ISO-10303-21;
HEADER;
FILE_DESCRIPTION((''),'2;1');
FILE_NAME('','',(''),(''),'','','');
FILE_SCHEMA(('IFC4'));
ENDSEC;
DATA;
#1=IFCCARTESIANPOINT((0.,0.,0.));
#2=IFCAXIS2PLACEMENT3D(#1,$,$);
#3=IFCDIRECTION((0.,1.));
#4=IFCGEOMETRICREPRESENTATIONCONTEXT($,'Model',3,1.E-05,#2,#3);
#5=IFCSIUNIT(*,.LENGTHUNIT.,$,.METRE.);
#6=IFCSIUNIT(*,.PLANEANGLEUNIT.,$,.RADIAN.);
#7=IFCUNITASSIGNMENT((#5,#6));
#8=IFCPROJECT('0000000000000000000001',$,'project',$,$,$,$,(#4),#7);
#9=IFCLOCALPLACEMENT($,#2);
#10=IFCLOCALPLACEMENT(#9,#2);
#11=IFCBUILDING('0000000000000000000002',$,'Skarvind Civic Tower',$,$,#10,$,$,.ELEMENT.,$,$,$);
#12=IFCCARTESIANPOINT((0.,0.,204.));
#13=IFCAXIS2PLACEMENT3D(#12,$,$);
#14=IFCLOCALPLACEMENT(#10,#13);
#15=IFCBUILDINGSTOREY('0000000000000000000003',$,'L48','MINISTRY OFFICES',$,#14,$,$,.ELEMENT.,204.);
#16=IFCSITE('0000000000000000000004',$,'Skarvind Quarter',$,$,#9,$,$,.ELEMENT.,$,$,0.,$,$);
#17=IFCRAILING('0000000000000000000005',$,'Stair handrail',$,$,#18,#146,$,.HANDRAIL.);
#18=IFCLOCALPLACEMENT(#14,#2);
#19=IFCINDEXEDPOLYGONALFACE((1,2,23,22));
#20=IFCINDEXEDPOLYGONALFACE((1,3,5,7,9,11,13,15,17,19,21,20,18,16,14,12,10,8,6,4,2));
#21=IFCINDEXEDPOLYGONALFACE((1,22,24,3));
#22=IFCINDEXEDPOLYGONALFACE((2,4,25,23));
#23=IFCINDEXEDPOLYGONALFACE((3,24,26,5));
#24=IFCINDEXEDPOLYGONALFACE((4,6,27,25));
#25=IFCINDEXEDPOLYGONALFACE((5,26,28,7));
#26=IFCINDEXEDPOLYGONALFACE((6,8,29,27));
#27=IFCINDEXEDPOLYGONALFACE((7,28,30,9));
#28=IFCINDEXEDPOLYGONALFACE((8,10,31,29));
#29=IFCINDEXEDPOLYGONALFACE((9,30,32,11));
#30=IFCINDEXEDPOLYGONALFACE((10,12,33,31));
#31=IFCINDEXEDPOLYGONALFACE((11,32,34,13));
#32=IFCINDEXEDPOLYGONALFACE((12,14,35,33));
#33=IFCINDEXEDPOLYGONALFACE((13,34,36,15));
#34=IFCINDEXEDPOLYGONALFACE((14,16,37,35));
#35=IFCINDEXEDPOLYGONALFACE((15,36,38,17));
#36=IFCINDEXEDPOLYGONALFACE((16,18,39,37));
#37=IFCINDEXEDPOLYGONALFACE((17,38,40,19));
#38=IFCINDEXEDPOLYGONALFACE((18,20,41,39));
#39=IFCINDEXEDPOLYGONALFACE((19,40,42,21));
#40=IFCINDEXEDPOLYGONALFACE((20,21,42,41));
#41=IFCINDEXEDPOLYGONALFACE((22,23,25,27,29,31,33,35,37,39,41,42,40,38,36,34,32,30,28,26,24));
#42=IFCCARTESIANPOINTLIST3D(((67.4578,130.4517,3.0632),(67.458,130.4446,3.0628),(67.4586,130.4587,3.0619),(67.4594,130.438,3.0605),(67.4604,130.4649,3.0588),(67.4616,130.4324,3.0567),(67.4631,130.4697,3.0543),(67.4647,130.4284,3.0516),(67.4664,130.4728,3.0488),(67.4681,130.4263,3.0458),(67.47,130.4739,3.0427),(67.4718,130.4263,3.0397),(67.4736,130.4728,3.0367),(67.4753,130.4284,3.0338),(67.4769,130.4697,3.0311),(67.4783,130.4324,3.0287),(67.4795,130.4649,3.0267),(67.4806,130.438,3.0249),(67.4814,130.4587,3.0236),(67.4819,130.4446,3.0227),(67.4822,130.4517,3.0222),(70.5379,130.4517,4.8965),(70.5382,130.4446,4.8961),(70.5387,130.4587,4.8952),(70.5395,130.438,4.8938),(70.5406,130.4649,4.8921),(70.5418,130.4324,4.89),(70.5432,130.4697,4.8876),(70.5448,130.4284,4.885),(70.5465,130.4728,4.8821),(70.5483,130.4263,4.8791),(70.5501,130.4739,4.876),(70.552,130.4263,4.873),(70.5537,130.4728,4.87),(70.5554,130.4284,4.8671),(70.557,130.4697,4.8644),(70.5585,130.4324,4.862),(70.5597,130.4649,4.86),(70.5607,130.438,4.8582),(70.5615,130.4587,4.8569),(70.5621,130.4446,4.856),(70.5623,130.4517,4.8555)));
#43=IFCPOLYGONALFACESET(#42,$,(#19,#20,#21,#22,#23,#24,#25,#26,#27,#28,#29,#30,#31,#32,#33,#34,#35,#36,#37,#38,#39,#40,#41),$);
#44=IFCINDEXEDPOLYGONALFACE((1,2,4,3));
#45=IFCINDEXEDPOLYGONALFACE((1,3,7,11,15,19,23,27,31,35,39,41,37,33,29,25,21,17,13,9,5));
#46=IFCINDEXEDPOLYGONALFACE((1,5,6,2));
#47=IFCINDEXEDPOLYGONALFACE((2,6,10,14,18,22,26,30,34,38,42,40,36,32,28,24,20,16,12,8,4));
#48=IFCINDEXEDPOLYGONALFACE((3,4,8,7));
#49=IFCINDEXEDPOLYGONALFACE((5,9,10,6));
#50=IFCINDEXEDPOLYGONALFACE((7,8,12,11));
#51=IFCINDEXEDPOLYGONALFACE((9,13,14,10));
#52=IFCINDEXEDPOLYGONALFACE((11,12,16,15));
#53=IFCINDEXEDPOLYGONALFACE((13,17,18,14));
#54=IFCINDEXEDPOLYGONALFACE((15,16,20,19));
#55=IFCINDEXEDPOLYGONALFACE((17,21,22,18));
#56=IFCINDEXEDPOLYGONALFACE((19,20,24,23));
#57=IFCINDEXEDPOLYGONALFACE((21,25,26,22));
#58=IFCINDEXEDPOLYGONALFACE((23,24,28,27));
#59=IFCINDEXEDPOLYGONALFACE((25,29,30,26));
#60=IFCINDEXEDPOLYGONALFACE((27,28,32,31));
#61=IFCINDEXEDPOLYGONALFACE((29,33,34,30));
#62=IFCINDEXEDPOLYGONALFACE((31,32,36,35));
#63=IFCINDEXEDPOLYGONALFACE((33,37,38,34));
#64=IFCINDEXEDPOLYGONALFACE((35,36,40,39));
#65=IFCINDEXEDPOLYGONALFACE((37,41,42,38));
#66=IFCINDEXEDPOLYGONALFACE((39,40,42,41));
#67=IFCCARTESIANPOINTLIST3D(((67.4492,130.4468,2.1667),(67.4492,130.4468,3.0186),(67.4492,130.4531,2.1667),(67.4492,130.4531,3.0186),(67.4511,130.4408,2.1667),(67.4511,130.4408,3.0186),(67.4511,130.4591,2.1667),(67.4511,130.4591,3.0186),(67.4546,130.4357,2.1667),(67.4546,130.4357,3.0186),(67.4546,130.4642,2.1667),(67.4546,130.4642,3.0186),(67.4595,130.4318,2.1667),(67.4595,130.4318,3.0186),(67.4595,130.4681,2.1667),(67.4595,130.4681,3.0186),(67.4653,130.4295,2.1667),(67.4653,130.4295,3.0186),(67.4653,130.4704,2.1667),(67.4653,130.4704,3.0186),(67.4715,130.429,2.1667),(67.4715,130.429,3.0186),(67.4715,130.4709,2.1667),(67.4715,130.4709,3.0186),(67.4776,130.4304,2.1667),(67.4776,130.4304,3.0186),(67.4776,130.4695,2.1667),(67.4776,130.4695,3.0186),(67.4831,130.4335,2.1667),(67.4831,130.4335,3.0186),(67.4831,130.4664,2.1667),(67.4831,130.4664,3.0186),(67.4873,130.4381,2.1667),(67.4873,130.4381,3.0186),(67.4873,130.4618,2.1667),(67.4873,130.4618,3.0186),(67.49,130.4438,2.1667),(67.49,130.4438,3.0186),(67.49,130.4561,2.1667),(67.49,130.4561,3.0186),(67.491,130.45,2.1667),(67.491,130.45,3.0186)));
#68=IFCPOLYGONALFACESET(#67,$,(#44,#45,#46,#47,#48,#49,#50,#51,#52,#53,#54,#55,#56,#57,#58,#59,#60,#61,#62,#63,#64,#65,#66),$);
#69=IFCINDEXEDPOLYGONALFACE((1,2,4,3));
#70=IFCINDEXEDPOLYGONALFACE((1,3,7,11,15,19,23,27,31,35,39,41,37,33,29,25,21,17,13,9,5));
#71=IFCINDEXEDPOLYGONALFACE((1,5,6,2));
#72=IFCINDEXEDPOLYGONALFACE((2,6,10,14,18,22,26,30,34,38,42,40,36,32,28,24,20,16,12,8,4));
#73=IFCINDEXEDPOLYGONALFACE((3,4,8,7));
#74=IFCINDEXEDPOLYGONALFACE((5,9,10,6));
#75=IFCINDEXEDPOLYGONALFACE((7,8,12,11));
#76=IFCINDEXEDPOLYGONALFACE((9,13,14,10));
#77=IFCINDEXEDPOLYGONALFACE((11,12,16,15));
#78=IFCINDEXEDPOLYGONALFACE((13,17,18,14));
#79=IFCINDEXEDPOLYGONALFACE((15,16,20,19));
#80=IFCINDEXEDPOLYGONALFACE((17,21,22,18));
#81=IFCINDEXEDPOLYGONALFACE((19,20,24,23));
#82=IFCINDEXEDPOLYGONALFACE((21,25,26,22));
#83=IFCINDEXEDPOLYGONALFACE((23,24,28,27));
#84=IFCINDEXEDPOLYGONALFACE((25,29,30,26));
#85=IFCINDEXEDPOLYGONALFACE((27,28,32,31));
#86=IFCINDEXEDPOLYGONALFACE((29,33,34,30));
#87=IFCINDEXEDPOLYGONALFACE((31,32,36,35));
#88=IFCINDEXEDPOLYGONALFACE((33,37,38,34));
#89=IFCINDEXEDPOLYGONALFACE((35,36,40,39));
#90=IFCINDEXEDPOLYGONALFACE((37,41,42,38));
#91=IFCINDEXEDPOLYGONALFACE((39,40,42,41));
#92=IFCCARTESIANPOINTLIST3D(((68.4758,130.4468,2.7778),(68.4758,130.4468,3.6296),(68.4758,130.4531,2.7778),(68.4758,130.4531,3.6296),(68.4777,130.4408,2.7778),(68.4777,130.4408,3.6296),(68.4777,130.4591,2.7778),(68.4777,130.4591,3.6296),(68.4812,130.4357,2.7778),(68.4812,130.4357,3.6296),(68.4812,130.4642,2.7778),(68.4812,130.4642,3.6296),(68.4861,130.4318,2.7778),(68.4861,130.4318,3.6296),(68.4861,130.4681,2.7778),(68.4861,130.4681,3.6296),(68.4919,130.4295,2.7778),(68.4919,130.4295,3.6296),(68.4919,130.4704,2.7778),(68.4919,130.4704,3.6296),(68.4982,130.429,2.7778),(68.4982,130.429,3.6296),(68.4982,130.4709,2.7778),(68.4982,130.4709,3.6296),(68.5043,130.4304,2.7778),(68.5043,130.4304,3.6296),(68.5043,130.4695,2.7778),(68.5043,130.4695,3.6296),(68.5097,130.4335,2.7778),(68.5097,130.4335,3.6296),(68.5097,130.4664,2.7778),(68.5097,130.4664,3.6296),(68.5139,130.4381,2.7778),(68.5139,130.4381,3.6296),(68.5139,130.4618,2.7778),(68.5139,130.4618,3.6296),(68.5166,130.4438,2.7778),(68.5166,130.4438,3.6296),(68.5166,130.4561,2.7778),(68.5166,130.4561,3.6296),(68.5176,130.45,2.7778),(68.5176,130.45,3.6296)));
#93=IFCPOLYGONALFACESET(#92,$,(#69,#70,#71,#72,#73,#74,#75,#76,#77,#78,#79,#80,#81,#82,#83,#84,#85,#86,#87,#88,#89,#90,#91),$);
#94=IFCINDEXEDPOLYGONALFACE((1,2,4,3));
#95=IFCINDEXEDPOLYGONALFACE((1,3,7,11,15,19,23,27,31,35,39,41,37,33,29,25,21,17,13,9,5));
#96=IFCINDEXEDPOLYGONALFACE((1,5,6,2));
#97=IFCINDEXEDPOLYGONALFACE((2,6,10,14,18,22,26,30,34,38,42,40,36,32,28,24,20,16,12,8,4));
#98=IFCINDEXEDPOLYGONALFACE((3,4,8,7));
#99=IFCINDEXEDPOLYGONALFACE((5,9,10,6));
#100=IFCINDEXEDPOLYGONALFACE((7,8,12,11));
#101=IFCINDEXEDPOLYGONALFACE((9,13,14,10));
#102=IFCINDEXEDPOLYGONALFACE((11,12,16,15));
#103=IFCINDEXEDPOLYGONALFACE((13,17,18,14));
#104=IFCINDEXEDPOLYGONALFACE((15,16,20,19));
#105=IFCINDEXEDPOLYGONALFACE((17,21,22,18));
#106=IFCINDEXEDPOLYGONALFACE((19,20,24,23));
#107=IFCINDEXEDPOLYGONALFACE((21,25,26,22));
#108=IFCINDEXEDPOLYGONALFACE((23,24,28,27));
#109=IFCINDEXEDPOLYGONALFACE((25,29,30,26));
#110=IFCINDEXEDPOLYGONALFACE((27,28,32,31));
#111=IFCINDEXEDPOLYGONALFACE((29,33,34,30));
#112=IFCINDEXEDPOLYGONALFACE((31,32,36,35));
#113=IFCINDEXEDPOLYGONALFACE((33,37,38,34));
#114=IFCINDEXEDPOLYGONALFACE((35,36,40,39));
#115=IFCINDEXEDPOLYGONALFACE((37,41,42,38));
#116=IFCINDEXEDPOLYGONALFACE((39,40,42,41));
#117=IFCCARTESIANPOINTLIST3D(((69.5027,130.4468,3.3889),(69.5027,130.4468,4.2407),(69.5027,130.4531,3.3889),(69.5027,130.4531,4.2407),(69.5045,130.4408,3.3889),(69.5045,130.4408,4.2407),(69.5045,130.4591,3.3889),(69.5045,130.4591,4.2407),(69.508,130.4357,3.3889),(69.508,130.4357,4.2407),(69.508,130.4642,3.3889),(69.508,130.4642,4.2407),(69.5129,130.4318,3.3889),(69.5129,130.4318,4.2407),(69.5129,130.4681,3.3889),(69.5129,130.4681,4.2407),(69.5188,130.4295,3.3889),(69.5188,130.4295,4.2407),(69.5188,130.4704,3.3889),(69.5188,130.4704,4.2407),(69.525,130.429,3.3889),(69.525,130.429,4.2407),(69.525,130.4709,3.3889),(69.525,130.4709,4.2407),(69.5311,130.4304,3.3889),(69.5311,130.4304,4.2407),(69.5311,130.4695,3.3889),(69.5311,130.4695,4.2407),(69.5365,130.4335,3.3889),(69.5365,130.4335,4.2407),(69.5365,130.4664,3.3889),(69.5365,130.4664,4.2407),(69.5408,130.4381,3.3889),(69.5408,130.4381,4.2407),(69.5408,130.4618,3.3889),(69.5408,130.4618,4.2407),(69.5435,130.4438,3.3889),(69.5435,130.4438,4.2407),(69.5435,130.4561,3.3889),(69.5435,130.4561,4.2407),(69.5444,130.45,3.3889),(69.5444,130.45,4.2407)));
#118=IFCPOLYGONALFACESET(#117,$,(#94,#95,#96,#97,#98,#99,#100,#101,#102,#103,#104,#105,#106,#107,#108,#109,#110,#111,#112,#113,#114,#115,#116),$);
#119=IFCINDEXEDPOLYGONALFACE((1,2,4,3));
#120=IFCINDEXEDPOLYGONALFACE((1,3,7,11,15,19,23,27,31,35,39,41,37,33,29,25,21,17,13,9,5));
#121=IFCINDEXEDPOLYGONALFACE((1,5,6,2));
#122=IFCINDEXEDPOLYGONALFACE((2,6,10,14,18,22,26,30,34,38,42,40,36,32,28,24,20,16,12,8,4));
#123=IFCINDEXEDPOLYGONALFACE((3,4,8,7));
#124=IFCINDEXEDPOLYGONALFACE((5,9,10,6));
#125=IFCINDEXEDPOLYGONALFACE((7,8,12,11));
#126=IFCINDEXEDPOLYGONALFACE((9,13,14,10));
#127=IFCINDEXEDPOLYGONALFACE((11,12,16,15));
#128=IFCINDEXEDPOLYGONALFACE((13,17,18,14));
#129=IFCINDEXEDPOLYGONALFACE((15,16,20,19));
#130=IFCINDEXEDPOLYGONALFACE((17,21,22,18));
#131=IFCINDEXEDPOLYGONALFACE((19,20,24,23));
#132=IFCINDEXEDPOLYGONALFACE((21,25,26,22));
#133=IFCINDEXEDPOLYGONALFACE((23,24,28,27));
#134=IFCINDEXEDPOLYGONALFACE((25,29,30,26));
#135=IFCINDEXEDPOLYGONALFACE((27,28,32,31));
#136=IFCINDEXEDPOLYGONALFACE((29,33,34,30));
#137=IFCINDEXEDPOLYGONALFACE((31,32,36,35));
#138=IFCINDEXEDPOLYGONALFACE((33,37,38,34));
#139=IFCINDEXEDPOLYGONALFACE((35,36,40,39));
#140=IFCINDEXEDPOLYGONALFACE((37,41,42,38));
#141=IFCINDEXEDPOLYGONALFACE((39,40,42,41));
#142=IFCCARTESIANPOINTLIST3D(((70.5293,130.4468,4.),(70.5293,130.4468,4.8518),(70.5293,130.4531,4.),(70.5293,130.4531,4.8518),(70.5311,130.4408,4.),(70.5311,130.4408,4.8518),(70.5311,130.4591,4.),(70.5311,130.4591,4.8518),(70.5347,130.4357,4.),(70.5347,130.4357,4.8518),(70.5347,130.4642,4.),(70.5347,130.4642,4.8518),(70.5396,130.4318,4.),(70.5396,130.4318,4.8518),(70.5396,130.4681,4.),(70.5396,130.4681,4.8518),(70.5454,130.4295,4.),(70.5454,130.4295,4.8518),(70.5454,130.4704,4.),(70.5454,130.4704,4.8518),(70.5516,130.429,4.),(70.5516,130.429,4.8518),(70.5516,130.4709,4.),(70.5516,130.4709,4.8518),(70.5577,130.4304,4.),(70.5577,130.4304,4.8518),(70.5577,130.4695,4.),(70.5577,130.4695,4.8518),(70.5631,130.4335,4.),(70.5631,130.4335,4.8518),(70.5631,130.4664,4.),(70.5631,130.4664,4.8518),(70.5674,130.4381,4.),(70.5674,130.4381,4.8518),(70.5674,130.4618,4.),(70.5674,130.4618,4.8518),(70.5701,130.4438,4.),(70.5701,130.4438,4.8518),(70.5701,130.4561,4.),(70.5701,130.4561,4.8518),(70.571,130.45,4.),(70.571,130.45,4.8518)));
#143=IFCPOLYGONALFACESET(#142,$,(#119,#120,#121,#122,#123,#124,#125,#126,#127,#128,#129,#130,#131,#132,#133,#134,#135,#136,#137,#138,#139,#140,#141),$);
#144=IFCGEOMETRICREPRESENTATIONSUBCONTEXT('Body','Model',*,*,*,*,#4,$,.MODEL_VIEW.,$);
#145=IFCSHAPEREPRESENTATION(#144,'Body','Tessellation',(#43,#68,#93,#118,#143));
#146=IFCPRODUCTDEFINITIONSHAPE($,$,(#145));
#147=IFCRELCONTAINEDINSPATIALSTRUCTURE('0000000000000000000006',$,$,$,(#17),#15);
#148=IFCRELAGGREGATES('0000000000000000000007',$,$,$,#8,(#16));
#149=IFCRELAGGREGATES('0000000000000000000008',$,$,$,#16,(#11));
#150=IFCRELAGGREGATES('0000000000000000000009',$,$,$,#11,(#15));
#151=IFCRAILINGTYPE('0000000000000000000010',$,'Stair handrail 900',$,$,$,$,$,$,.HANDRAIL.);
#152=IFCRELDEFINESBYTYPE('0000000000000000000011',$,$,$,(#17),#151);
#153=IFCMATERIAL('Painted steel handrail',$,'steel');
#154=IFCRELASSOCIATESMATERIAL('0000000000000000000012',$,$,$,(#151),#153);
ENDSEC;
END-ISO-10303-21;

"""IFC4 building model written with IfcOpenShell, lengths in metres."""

from ifc_helpers import new_model, si_unit, direction, frame, origin, origin_2d, place, context, subcontext, project, spatial, circle, extrude, material, type_object, element, save


model = new_model("IFC4")

# Units and contexts
model_context = context("Model", 3, precision=1e-05, world=origin(), true_north=direction((0.0, 1.0)))
body_context = subcontext(model_context, "Body", "Model", "MODEL_VIEW")
ifc_project = project(units=[si_unit("LENGTHUNIT", "METRE"), si_unit("PLANEANGLEUNIT", "RADIAN")], contexts=[model_context])

# Site, building, storey
site_placement = place(None, origin())
site = spatial("IfcSite", under=ifc_project, at=site_placement, Name="Skarvind Quarter", CompositionType="ELEMENT", RefElevation=0.0)
building_placement = place(site_placement, origin())
building = spatial("IfcBuilding", under=site, at=building_placement, Name="Skarvind Civic Tower", CompositionType="ELEMENT")
storey_placement = place(building_placement, frame((0.0, 0.0, 204.0)))
storey = spatial("IfcBuildingStorey", under=building, at=storey_placement, Name="L48", Description="MINISTRY OFFICES", CompositionType="ELEMENT", Elevation=204.0)

# Railing
ifc_material_1 = material(Name="Painted steel handrail", Category="steel")
railing_type = type_object("IfcRailingType", Name="Stair handrail 900", PredefinedType="HANDRAIL", material=ifc_material_1)
railing_placement = place(storey_placement, frame((67.47, 130.45, 2.1667)))
element("IfcRailing", 1, at=railing_placement, inside=storey, type_object=railing_type, Name="Stair handrail", PredefinedType="HANDRAIL", context=body_context, shape_type="SweptSolid", body=[
    extrude(circle(Radius=0.0239, at=origin_2d()), frame((0.0, 0.0, 0.876), z_axis=(0.859309, 0.0, 0.511458), x_axis=(0.0, 1.0, 0.0)), (0.0, 0.0, 1.0), 3.5845),
    extrude(circle(Radius=0.021, at=origin_2d()), origin(), (0.0, 0.0, 1.0), 0.8518),
    extrude(circle(Radius=0.021, at=origin_2d()), frame((1.0266, 0.0, 0.6111)), (0.0, 0.0, 1.0), 0.8518),
    extrude(circle(Radius=0.021, at=origin_2d()), frame((2.0535, 0.0, 1.2222)), (0.0, 0.0, 1.0), 0.8518),
    extrude(circle(Radius=0.021, at=origin_2d()), frame((3.0801, 0.0, 1.8333)), (0.0, 0.0, 1.0), 0.8518),
])

save(model, "model.ifc")
